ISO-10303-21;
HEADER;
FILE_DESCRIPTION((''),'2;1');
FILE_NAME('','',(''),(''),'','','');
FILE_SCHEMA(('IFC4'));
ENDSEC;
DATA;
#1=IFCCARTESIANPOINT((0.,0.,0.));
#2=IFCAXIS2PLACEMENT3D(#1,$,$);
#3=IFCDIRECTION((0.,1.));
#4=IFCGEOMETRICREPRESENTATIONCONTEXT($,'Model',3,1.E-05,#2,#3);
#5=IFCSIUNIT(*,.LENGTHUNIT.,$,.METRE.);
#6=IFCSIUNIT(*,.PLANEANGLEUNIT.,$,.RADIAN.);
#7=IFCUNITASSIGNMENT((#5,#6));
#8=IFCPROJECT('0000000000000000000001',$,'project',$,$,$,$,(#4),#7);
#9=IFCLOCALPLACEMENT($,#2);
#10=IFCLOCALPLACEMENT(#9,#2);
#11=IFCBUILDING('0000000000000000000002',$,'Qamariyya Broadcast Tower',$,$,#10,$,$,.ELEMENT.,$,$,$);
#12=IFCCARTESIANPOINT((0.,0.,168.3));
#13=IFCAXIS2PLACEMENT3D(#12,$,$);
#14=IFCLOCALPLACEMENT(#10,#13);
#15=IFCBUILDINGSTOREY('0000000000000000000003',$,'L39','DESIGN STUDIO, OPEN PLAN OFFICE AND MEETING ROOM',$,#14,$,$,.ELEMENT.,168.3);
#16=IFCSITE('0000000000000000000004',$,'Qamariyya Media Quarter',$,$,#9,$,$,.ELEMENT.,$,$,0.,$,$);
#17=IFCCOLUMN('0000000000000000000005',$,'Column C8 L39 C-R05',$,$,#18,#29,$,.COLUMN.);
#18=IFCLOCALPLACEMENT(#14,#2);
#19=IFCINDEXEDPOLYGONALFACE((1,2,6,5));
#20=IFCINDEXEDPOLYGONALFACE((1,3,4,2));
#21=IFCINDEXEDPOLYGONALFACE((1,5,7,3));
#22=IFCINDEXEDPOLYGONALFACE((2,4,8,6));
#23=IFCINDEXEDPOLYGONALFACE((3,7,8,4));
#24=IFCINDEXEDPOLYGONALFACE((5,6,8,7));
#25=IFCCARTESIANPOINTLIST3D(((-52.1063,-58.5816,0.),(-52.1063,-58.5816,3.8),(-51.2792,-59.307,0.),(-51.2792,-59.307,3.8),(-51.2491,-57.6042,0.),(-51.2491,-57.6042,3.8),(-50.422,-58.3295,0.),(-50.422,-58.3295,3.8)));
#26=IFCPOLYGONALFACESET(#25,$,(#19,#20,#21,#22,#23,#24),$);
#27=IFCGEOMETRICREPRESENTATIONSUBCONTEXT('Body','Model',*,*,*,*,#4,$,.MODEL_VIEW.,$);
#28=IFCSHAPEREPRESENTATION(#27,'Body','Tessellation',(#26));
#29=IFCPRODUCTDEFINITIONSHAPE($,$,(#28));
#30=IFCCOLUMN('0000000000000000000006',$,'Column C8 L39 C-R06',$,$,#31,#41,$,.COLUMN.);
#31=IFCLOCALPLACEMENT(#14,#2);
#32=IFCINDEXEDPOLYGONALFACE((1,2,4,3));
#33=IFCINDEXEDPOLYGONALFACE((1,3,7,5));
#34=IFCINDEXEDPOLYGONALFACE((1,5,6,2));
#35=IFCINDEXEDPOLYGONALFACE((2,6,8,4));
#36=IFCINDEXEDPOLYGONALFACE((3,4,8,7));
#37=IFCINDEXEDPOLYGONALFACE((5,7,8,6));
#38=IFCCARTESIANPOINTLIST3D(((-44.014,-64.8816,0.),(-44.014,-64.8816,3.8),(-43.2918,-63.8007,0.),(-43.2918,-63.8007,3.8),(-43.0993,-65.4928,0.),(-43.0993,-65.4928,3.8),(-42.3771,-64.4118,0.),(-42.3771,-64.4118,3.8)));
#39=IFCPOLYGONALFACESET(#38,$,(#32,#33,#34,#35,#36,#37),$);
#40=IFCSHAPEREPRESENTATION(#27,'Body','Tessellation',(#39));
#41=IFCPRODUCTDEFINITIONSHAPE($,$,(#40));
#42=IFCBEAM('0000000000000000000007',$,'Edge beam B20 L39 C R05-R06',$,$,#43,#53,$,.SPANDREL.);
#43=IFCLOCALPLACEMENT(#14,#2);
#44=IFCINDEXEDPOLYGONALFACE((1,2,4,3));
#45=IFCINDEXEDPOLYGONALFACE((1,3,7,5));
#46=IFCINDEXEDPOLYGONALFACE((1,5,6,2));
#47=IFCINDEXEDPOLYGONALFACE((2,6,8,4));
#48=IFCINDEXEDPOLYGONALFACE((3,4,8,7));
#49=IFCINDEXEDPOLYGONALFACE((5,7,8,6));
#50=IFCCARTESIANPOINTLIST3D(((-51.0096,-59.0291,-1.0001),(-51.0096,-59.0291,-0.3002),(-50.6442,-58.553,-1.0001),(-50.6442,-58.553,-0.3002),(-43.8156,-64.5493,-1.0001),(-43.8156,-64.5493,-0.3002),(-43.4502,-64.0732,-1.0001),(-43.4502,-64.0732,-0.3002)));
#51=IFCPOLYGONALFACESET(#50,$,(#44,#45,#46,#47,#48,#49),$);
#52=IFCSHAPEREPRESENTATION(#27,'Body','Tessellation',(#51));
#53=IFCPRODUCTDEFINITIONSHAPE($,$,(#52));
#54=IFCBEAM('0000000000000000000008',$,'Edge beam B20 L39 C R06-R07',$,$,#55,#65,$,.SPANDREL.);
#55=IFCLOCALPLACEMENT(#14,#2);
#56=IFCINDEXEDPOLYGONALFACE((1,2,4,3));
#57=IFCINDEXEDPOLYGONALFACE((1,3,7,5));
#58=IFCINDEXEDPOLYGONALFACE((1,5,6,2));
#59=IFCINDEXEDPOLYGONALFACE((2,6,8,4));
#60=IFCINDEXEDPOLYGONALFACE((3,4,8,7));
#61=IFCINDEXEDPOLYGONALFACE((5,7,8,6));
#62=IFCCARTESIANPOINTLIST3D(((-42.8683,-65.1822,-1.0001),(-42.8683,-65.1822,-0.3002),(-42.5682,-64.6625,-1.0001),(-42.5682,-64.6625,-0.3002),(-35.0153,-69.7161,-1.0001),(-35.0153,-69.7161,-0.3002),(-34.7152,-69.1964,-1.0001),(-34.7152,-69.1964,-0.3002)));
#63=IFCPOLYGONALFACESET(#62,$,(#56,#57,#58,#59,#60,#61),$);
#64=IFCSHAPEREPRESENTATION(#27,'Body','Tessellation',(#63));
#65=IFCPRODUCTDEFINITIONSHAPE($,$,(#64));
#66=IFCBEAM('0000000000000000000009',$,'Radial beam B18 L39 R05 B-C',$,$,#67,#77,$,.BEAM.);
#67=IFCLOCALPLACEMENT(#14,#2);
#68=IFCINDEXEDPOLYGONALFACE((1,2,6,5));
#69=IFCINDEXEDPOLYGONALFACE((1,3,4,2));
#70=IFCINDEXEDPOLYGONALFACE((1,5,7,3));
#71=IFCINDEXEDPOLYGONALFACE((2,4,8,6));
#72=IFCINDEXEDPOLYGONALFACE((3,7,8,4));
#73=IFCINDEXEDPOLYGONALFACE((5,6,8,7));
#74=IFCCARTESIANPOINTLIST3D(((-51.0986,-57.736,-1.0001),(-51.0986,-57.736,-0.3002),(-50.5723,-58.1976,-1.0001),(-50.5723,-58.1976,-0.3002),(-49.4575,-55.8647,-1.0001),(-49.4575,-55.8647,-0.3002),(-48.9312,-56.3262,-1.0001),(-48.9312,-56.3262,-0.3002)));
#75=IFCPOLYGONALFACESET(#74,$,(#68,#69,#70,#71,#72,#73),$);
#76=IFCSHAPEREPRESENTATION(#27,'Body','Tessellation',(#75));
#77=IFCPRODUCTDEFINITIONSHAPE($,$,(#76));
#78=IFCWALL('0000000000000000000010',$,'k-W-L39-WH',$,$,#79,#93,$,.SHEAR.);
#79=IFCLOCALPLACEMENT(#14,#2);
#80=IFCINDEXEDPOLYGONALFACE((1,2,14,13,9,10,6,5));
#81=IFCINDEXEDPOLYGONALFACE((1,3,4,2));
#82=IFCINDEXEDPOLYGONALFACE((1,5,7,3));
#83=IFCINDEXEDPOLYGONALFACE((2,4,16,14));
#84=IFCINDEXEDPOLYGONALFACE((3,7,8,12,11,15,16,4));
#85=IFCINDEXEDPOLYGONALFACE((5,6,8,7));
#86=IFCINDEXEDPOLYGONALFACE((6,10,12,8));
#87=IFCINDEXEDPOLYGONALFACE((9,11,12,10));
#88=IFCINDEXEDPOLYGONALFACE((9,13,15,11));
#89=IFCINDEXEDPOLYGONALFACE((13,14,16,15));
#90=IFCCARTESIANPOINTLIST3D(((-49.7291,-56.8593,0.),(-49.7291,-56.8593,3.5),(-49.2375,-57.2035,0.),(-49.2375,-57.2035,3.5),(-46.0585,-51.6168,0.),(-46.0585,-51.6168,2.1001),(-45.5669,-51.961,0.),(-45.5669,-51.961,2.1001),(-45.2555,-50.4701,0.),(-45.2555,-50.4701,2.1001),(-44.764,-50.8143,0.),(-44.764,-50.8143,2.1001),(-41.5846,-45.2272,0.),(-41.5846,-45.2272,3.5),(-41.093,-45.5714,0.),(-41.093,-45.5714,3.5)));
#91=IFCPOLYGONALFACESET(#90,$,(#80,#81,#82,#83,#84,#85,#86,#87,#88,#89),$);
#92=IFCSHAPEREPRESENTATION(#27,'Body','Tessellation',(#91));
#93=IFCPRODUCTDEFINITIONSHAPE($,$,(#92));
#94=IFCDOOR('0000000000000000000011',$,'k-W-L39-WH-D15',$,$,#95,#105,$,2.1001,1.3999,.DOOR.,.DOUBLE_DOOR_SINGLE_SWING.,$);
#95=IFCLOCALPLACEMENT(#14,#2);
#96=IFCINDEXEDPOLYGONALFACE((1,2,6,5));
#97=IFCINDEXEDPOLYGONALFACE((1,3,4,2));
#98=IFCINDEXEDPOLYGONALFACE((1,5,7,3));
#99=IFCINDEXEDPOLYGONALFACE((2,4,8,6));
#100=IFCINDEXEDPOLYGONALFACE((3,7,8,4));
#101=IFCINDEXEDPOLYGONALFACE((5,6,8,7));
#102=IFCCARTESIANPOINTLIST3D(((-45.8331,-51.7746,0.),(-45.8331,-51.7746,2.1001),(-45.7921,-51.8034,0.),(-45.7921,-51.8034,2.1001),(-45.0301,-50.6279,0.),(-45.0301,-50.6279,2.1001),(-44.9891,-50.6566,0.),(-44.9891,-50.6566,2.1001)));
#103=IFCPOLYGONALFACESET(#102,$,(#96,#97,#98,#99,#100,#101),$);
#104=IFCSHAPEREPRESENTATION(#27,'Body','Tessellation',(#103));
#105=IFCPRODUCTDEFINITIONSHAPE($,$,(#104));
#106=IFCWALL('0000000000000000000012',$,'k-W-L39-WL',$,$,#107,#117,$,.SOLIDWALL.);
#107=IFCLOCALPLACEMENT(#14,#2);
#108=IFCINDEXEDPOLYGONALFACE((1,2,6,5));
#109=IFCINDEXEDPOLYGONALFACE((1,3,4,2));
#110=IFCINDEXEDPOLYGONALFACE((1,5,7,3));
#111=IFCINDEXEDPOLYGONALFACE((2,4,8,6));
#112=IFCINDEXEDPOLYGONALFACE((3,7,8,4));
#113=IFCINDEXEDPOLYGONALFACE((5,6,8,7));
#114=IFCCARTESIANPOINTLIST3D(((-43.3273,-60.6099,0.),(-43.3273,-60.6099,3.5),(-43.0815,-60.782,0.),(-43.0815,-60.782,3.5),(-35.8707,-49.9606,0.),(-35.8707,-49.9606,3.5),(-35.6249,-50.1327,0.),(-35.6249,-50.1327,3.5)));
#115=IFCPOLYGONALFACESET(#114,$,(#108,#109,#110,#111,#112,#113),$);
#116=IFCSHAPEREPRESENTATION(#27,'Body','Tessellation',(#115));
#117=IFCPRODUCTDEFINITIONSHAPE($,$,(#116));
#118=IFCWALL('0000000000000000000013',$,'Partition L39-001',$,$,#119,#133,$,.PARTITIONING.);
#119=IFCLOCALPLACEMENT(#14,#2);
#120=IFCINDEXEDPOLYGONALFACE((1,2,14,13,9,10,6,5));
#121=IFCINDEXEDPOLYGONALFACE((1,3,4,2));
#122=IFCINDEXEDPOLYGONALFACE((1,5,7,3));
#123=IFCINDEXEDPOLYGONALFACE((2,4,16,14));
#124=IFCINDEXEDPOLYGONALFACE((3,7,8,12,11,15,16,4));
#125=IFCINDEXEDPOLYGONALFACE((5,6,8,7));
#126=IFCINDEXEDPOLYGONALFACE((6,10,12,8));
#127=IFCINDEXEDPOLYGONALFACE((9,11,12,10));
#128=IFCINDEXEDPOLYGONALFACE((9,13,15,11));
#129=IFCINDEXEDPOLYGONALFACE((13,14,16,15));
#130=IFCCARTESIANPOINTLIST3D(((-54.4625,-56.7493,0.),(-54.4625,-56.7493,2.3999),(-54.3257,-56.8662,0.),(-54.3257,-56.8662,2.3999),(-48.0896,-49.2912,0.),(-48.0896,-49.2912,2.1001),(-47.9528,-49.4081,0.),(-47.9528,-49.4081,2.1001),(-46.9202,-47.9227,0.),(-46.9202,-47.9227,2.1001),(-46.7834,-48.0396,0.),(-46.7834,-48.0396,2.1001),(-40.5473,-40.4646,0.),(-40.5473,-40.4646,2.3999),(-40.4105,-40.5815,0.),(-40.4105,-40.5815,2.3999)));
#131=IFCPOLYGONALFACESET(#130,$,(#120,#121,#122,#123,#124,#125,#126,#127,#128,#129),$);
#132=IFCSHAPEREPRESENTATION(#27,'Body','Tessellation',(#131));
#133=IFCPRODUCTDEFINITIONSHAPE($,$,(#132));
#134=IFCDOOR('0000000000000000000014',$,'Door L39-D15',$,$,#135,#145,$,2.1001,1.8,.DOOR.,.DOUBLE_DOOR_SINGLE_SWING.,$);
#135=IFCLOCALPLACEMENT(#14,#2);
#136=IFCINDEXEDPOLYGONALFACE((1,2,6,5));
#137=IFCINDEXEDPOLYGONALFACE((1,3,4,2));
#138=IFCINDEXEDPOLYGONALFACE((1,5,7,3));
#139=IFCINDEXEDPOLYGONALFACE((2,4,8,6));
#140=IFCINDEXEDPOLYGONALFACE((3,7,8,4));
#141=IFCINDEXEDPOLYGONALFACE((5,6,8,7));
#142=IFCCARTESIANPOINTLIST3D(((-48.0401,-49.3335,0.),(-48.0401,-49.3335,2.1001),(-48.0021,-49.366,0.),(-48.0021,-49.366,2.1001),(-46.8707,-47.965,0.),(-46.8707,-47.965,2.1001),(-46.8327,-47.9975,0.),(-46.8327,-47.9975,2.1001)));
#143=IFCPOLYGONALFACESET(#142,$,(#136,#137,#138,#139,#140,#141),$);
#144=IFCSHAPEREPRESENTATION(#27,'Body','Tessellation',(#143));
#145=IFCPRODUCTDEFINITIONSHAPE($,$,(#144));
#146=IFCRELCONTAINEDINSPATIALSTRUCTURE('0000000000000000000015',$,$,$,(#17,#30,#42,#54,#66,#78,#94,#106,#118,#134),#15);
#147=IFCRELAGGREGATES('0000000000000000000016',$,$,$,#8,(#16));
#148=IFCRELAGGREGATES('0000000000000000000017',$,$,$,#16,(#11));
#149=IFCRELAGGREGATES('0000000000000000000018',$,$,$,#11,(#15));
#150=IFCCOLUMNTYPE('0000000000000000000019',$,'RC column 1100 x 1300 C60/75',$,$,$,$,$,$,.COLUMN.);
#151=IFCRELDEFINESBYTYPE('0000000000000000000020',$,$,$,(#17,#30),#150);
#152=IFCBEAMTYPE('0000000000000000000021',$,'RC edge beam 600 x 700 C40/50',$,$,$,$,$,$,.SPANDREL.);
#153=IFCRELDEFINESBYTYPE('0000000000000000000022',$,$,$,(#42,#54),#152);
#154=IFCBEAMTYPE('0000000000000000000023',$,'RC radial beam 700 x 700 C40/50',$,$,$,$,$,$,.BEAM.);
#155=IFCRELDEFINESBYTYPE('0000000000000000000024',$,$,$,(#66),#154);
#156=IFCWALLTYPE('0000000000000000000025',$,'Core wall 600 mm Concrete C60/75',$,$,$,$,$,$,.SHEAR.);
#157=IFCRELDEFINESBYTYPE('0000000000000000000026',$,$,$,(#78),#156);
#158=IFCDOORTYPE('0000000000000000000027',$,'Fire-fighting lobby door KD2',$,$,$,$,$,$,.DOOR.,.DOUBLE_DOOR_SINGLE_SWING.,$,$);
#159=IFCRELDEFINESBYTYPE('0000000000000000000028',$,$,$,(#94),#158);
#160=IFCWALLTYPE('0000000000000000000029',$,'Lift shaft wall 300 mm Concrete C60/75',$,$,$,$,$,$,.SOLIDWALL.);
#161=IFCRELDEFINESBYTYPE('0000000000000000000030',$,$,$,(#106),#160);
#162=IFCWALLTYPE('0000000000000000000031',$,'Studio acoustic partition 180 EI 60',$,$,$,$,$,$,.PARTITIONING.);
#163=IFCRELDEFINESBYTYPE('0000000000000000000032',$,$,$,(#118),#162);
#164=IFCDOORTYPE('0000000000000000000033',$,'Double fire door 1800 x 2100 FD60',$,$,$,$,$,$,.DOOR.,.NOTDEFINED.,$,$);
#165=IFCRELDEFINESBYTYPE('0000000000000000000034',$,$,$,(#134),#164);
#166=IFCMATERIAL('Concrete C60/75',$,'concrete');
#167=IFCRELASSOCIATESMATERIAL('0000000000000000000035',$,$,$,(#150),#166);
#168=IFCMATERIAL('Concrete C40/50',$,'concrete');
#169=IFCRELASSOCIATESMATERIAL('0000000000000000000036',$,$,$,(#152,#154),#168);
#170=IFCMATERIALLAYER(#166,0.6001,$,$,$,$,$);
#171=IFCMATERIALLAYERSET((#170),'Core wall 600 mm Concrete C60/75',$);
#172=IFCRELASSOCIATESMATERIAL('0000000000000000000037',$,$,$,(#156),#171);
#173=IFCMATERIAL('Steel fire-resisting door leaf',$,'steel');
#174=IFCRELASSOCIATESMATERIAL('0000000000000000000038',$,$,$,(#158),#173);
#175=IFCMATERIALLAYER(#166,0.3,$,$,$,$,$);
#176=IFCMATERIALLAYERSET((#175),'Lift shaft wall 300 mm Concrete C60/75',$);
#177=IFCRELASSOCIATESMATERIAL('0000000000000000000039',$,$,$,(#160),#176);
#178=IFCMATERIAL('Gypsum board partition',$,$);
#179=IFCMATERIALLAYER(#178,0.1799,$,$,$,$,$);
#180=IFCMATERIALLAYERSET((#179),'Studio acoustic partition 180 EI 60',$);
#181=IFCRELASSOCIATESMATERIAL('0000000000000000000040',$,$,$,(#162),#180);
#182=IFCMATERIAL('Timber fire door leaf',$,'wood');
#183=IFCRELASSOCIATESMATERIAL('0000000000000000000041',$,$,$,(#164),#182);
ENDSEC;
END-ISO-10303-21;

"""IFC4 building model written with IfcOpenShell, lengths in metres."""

from ifc_helpers import new_model, si_unit, direction, frame, frame_2d, origin, origin_2d, place, context, subcontext, project, spatial, rectangle, extrude, material, layer, layer_set, material_profile, profile_set, type_object, element, fill, save


model = new_model("IFC4")

# Units and contexts
model_context = context("Model", 3, precision=1e-05, world=origin(), true_north=direction((0.0, 1.0)))
body_context = subcontext(model_context, "Body", "Model", "MODEL_VIEW")
ifc_project = project(units=[si_unit("LENGTHUNIT", "METRE"), si_unit("PLANEANGLEUNIT", "RADIAN")], contexts=[model_context])

# Site, building, storey
site_placement = place(None, origin())
site = spatial("IfcSite", under=ifc_project, at=site_placement, Name="Qamariyya Media Quarter", CompositionType="ELEMENT", RefElevation=0.0)
building_placement = place(site_placement, origin())
building = spatial("IfcBuilding", under=site, at=building_placement, Name="Qamariyya Broadcast Tower", CompositionType="ELEMENT")
storey_placement = place(building_placement, frame((0.0, 0.0, 168.3)))
storey = spatial("IfcBuildingStorey", under=building, at=storey_placement, Name="L39", Description="DESIGN STUDIO, OPEN PLAN OFFICE AND MEETING ROOM", CompositionType="ELEMENT", Elevation=168.3)

# Columns
ifc_material_1 = material(Name="Concrete C60/75", Category="concrete")
ifc_material_profile_1 = material_profile(ifc_material_1, rectangle(XDim=1.1001, YDim=1.3, at=origin_2d()))
ifc_profile_set_1 = profile_set([ifc_material_profile_1], Name="Concrete C60/75")
column_type = type_object("IfcColumnType", Name="RC column 1100 x 1300 C60/75", PredefinedType="COLUMN", material=ifc_profile_set_1)
for number, where, z_axis, x_axis, name in (
    (1, (-51.2642, -58.4556, 0.0), (0.0, 0.0, 1.0), (0.75184, -0.659346, 0.0), "Column C8 L39 C-R05"),
    (2, (-43.1956, -64.6467, 0.0), (0.0, 0.0, 1.0), (0.83147, -0.55557, 0.0), "Column C8 L39 C-R06"),
):
    element("IfcColumn", number, at=place(storey_placement, frame(where, z_axis=z_axis, x_axis=x_axis)), inside=storey, type_object=column_type, Name=name, PredefinedType="COLUMN", context=body_context, shape_type="SweptSolid", body=[
        extrude(rectangle(XDim=1.1001, YDim=1.3, at=origin_2d()), origin(), (0.0, 0.0, 1.0), 3.8),
    ])

# Beams
ifc_material_2 = material(Name="Concrete C40/50", Category="concrete")
ifc_material_profile_2 = material_profile(ifc_material_2, rectangle(XDim=0.6001, YDim=0.7, at=origin_2d()))
ifc_profile_set_2 = profile_set([ifc_material_profile_2], Name="Concrete C40/50")
beam_type_1 = type_object("IfcBeamType", Name="RC edge beam 600 x 700 C40/50", PredefinedType="SPANDREL", material=ifc_profile_set_2)
for number, where, z_axis, x_axis, name in (
    (3, (-50.8269, -58.791, -0.6501), (0.793351, -0.608764, 0.0), (0.608764, 0.793351, 0.0), "Edge beam B20 L39 C R05-R06"),
    (4, (-42.7183, -64.9224, -0.6501), (0.866026, -0.499999, 0.0), (0.499999, 0.866026, 0.0), "Edge beam B20 L39 C R06-R07"),
):
    element("IfcBeam", number, at=place(storey_placement, frame(where, z_axis=z_axis, x_axis=x_axis)), inside=storey, type_object=beam_type_1, Name=name, PredefinedType="SPANDREL", context=body_context, shape_type="SweptSolid", body=[
        extrude(rectangle(XDim=0.6001, YDim=0.7, at=origin_2d()), origin(), (0.0, 0.0, 1.0), 9.0679),
    ])
ifc_material_profile_3 = material_profile(ifc_material_2, rectangle(XDim=0.7, YDim=0.7, at=origin_2d()))
ifc_profile_set_3 = profile_set([ifc_material_profile_3], Name="Concrete C40/50")
beam_type_2 = type_object("IfcBeamType", Name="RC radial beam 700 x 700 C40/50", PredefinedType="BEAM", material=ifc_profile_set_3)
beam_placement = place(storey_placement, frame((-49.1943, -56.0955, -0.6501), z_axis=(-0.659344, -0.751841, 0.0), x_axis=(0.751841, -0.659344, 0.0)))
element("IfcBeam", 5, at=beam_placement, inside=storey, type_object=beam_type_2, Name="Radial beam B18 L39 R05 B-C", PredefinedType="BEAM", context=body_context, shape_type="SweptSolid", body=[
    extrude(rectangle(XDim=0.7, YDim=0.7, at=origin_2d()), origin(), (0.0, 0.0, 1.0), 2.489),
])

# Wall, opening, door
ifc_layer_1 = layer(ifc_material_1, 0.6001)
ifc_layer_set_1 = layer_set([ifc_layer_1], Name="Core wall 600 mm Concrete C60/75")
wall_type_1 = type_object("IfcWallType", Name="Core wall 600 mm Concrete C60/75", PredefinedType="SHEAR", material=ifc_layer_set_1)
wall_1_placement = place(storey_placement, frame((-49.4834, -57.0315, 0.0), z_axis=(0.0, 0.0, 1.0), x_axis=(0.57356, 0.819163, 0.0)))
wall_1 = element("IfcWall", 6, at=wall_1_placement, inside=storey, type_object=wall_type_1, Name="k-W-L39-WH", PredefinedType="SHEAR", context=body_context, shape_type="SweptSolid", body=[
    extrude(rectangle(XDim=14.2, YDim=0.6001, at=frame_2d((7.1001, 0.0))), origin(), (0.0, 0.0, 1.0), 3.5),
])
opening_1_placement = place(wall_1_placement, frame((6.3999, 0.0, 0.0)))
opening_1 = element("IfcOpeningElement", 7, at=opening_1_placement, cuts=wall_1, PredefinedType="OPENING", context=body_context, shape_type="SweptSolid", body=[
    extrude(rectangle(XDim=1.3999, YDim=2.1001, at=frame_2d((0.7, 1.05))), frame((0.0, 0.3101, 0.0), z_axis=(0.0, -1.0, 0.0), x_axis=(1.0, 0.0, 0.0)), (0.0, 0.0, 1.0), 0.6201),
])
ifc_material_3 = material(Name="Steel fire-resisting door leaf", Category="steel")
door_type_1 = type_object("IfcDoorType", Name="Fire-fighting lobby door KD2", OperationType="DOUBLE_DOOR_SINGLE_SWING", PredefinedType="DOOR", material=ifc_material_3)
door_1_placement = place(opening_1_placement, origin())
door_1 = element("IfcDoor", 8, at=door_1_placement, inside=storey, type_object=door_type_1, Name="k-W-L39-WH-D15", OperationType="DOUBLE_DOOR_SINGLE_SWING", OverallHeight=2.1001, OverallWidth=1.3999, PredefinedType="DOOR", context=body_context, shape_type="SweptSolid", body=[
    extrude(rectangle(XDim=1.3999, YDim=2.1001, at=frame_2d((0.7, 1.05))), frame((0.0, 0.0249, 0.0), z_axis=(0.0, -1.0, 0.0), x_axis=(1.0, 0.0, 0.0)), (0.0, 0.0, 1.0), 0.05),
])
fill(opening_1, door_1)

# Wall
ifc_layer_2 = layer(ifc_material_1, 0.3)
ifc_layer_set_2 = layer_set([ifc_layer_2], Name="Lift shaft wall 300 mm Concrete C60/75")
wall_type_2 = type_object("IfcWallType", Name="Lift shaft wall 300 mm Concrete C60/75", PredefinedType="SOLIDWALL", material=ifc_layer_set_2)
wall_2_placement = place(storey_placement, frame((-43.2043, -60.6958, 0.0), z_axis=(0.0, 0.0, 1.0), x_axis=(0.573572, 0.819155, 0.0)))
element("IfcWall", 9, at=wall_2_placement, inside=storey, type_object=wall_type_2, Name="k-W-L39-WL", PredefinedType="SOLIDWALL", context=body_context, shape_type="SweptSolid", body=[
    extrude(rectangle(XDim=13.0002, YDim=0.3, at=frame_2d((6.5, 0.0))), origin(), (0.0, 0.0, 1.0), 3.5),
])

# Wall, opening, door
ifc_material_4 = material(Name="Gypsum board partition")
ifc_layer_3 = layer(ifc_material_4, 0.1799)
ifc_layer_set_3 = layer_set([ifc_layer_3], Name="Studio acoustic partition 180 EI 60")
wall_type_3 = type_object("IfcWallType", Name="Studio acoustic partition 180 EI 60", PredefinedType="PARTITIONING", material=ifc_layer_set_3)
wall_3_placement = place(storey_placement, frame((-54.394, -56.8076, 0.0), z_axis=(0.0, 0.0, 1.0), x_axis=(0.649633, 0.760248, 0.0)))
wall_3 = element("IfcWall", 10, at=wall_3_placement, inside=storey, type_object=wall_type_3, Name="Partition L39-001", PredefinedType="PARTITIONING", context=body_context, shape_type="SweptSolid", body=[
    extrude(rectangle(XDim=21.4202, YDim=0.1799, at=frame_2d((10.71, 0.0))), origin(), (0.0, 0.0, 1.0), 2.3999),
])
opening_2_placement = place(wall_3_placement, frame((9.8101, 0.0, 0.0)))
opening_2 = element("IfcOpeningElement", 11, at=opening_2_placement, cuts=wall_3, PredefinedType="OPENING", context=body_context, shape_type="SweptSolid", body=[
    extrude(rectangle(XDim=1.8, YDim=2.1001, at=frame_2d((0.8999, 1.05))), frame((0.0, 0.0999, 0.0), z_axis=(0.0, -1.0, 0.0), x_axis=(1.0, 0.0, 0.0)), (0.0, 0.0, 1.0), 0.2),
])
ifc_material_5 = material(Name="Timber fire door leaf", Category="wood")
door_type_2 = type_object("IfcDoorType", Name="Double fire door 1800 x 2100 FD60", OperationType="NOTDEFINED", PredefinedType="DOOR", material=ifc_material_5)
door_2_placement = place(opening_2_placement, origin())
door_2 = element("IfcDoor", 12, at=door_2_placement, inside=storey, type_object=door_type_2, Name="Door L39-D15", OperationType="DOUBLE_DOOR_SINGLE_SWING", OverallHeight=2.1001, OverallWidth=1.8, PredefinedType="DOOR", context=body_context, shape_type="SweptSolid", body=[
    extrude(rectangle(XDim=1.8, YDim=2.1001, at=frame_2d((0.8999, 1.05))), frame((0.0, 0.0249, 0.0), z_axis=(0.0, -1.0, 0.0), x_axis=(1.0, 0.0, 0.0)), (0.0, 0.0, 1.0), 0.05),
])
fill(opening_2, door_2)

save(model, "model.ifc")
